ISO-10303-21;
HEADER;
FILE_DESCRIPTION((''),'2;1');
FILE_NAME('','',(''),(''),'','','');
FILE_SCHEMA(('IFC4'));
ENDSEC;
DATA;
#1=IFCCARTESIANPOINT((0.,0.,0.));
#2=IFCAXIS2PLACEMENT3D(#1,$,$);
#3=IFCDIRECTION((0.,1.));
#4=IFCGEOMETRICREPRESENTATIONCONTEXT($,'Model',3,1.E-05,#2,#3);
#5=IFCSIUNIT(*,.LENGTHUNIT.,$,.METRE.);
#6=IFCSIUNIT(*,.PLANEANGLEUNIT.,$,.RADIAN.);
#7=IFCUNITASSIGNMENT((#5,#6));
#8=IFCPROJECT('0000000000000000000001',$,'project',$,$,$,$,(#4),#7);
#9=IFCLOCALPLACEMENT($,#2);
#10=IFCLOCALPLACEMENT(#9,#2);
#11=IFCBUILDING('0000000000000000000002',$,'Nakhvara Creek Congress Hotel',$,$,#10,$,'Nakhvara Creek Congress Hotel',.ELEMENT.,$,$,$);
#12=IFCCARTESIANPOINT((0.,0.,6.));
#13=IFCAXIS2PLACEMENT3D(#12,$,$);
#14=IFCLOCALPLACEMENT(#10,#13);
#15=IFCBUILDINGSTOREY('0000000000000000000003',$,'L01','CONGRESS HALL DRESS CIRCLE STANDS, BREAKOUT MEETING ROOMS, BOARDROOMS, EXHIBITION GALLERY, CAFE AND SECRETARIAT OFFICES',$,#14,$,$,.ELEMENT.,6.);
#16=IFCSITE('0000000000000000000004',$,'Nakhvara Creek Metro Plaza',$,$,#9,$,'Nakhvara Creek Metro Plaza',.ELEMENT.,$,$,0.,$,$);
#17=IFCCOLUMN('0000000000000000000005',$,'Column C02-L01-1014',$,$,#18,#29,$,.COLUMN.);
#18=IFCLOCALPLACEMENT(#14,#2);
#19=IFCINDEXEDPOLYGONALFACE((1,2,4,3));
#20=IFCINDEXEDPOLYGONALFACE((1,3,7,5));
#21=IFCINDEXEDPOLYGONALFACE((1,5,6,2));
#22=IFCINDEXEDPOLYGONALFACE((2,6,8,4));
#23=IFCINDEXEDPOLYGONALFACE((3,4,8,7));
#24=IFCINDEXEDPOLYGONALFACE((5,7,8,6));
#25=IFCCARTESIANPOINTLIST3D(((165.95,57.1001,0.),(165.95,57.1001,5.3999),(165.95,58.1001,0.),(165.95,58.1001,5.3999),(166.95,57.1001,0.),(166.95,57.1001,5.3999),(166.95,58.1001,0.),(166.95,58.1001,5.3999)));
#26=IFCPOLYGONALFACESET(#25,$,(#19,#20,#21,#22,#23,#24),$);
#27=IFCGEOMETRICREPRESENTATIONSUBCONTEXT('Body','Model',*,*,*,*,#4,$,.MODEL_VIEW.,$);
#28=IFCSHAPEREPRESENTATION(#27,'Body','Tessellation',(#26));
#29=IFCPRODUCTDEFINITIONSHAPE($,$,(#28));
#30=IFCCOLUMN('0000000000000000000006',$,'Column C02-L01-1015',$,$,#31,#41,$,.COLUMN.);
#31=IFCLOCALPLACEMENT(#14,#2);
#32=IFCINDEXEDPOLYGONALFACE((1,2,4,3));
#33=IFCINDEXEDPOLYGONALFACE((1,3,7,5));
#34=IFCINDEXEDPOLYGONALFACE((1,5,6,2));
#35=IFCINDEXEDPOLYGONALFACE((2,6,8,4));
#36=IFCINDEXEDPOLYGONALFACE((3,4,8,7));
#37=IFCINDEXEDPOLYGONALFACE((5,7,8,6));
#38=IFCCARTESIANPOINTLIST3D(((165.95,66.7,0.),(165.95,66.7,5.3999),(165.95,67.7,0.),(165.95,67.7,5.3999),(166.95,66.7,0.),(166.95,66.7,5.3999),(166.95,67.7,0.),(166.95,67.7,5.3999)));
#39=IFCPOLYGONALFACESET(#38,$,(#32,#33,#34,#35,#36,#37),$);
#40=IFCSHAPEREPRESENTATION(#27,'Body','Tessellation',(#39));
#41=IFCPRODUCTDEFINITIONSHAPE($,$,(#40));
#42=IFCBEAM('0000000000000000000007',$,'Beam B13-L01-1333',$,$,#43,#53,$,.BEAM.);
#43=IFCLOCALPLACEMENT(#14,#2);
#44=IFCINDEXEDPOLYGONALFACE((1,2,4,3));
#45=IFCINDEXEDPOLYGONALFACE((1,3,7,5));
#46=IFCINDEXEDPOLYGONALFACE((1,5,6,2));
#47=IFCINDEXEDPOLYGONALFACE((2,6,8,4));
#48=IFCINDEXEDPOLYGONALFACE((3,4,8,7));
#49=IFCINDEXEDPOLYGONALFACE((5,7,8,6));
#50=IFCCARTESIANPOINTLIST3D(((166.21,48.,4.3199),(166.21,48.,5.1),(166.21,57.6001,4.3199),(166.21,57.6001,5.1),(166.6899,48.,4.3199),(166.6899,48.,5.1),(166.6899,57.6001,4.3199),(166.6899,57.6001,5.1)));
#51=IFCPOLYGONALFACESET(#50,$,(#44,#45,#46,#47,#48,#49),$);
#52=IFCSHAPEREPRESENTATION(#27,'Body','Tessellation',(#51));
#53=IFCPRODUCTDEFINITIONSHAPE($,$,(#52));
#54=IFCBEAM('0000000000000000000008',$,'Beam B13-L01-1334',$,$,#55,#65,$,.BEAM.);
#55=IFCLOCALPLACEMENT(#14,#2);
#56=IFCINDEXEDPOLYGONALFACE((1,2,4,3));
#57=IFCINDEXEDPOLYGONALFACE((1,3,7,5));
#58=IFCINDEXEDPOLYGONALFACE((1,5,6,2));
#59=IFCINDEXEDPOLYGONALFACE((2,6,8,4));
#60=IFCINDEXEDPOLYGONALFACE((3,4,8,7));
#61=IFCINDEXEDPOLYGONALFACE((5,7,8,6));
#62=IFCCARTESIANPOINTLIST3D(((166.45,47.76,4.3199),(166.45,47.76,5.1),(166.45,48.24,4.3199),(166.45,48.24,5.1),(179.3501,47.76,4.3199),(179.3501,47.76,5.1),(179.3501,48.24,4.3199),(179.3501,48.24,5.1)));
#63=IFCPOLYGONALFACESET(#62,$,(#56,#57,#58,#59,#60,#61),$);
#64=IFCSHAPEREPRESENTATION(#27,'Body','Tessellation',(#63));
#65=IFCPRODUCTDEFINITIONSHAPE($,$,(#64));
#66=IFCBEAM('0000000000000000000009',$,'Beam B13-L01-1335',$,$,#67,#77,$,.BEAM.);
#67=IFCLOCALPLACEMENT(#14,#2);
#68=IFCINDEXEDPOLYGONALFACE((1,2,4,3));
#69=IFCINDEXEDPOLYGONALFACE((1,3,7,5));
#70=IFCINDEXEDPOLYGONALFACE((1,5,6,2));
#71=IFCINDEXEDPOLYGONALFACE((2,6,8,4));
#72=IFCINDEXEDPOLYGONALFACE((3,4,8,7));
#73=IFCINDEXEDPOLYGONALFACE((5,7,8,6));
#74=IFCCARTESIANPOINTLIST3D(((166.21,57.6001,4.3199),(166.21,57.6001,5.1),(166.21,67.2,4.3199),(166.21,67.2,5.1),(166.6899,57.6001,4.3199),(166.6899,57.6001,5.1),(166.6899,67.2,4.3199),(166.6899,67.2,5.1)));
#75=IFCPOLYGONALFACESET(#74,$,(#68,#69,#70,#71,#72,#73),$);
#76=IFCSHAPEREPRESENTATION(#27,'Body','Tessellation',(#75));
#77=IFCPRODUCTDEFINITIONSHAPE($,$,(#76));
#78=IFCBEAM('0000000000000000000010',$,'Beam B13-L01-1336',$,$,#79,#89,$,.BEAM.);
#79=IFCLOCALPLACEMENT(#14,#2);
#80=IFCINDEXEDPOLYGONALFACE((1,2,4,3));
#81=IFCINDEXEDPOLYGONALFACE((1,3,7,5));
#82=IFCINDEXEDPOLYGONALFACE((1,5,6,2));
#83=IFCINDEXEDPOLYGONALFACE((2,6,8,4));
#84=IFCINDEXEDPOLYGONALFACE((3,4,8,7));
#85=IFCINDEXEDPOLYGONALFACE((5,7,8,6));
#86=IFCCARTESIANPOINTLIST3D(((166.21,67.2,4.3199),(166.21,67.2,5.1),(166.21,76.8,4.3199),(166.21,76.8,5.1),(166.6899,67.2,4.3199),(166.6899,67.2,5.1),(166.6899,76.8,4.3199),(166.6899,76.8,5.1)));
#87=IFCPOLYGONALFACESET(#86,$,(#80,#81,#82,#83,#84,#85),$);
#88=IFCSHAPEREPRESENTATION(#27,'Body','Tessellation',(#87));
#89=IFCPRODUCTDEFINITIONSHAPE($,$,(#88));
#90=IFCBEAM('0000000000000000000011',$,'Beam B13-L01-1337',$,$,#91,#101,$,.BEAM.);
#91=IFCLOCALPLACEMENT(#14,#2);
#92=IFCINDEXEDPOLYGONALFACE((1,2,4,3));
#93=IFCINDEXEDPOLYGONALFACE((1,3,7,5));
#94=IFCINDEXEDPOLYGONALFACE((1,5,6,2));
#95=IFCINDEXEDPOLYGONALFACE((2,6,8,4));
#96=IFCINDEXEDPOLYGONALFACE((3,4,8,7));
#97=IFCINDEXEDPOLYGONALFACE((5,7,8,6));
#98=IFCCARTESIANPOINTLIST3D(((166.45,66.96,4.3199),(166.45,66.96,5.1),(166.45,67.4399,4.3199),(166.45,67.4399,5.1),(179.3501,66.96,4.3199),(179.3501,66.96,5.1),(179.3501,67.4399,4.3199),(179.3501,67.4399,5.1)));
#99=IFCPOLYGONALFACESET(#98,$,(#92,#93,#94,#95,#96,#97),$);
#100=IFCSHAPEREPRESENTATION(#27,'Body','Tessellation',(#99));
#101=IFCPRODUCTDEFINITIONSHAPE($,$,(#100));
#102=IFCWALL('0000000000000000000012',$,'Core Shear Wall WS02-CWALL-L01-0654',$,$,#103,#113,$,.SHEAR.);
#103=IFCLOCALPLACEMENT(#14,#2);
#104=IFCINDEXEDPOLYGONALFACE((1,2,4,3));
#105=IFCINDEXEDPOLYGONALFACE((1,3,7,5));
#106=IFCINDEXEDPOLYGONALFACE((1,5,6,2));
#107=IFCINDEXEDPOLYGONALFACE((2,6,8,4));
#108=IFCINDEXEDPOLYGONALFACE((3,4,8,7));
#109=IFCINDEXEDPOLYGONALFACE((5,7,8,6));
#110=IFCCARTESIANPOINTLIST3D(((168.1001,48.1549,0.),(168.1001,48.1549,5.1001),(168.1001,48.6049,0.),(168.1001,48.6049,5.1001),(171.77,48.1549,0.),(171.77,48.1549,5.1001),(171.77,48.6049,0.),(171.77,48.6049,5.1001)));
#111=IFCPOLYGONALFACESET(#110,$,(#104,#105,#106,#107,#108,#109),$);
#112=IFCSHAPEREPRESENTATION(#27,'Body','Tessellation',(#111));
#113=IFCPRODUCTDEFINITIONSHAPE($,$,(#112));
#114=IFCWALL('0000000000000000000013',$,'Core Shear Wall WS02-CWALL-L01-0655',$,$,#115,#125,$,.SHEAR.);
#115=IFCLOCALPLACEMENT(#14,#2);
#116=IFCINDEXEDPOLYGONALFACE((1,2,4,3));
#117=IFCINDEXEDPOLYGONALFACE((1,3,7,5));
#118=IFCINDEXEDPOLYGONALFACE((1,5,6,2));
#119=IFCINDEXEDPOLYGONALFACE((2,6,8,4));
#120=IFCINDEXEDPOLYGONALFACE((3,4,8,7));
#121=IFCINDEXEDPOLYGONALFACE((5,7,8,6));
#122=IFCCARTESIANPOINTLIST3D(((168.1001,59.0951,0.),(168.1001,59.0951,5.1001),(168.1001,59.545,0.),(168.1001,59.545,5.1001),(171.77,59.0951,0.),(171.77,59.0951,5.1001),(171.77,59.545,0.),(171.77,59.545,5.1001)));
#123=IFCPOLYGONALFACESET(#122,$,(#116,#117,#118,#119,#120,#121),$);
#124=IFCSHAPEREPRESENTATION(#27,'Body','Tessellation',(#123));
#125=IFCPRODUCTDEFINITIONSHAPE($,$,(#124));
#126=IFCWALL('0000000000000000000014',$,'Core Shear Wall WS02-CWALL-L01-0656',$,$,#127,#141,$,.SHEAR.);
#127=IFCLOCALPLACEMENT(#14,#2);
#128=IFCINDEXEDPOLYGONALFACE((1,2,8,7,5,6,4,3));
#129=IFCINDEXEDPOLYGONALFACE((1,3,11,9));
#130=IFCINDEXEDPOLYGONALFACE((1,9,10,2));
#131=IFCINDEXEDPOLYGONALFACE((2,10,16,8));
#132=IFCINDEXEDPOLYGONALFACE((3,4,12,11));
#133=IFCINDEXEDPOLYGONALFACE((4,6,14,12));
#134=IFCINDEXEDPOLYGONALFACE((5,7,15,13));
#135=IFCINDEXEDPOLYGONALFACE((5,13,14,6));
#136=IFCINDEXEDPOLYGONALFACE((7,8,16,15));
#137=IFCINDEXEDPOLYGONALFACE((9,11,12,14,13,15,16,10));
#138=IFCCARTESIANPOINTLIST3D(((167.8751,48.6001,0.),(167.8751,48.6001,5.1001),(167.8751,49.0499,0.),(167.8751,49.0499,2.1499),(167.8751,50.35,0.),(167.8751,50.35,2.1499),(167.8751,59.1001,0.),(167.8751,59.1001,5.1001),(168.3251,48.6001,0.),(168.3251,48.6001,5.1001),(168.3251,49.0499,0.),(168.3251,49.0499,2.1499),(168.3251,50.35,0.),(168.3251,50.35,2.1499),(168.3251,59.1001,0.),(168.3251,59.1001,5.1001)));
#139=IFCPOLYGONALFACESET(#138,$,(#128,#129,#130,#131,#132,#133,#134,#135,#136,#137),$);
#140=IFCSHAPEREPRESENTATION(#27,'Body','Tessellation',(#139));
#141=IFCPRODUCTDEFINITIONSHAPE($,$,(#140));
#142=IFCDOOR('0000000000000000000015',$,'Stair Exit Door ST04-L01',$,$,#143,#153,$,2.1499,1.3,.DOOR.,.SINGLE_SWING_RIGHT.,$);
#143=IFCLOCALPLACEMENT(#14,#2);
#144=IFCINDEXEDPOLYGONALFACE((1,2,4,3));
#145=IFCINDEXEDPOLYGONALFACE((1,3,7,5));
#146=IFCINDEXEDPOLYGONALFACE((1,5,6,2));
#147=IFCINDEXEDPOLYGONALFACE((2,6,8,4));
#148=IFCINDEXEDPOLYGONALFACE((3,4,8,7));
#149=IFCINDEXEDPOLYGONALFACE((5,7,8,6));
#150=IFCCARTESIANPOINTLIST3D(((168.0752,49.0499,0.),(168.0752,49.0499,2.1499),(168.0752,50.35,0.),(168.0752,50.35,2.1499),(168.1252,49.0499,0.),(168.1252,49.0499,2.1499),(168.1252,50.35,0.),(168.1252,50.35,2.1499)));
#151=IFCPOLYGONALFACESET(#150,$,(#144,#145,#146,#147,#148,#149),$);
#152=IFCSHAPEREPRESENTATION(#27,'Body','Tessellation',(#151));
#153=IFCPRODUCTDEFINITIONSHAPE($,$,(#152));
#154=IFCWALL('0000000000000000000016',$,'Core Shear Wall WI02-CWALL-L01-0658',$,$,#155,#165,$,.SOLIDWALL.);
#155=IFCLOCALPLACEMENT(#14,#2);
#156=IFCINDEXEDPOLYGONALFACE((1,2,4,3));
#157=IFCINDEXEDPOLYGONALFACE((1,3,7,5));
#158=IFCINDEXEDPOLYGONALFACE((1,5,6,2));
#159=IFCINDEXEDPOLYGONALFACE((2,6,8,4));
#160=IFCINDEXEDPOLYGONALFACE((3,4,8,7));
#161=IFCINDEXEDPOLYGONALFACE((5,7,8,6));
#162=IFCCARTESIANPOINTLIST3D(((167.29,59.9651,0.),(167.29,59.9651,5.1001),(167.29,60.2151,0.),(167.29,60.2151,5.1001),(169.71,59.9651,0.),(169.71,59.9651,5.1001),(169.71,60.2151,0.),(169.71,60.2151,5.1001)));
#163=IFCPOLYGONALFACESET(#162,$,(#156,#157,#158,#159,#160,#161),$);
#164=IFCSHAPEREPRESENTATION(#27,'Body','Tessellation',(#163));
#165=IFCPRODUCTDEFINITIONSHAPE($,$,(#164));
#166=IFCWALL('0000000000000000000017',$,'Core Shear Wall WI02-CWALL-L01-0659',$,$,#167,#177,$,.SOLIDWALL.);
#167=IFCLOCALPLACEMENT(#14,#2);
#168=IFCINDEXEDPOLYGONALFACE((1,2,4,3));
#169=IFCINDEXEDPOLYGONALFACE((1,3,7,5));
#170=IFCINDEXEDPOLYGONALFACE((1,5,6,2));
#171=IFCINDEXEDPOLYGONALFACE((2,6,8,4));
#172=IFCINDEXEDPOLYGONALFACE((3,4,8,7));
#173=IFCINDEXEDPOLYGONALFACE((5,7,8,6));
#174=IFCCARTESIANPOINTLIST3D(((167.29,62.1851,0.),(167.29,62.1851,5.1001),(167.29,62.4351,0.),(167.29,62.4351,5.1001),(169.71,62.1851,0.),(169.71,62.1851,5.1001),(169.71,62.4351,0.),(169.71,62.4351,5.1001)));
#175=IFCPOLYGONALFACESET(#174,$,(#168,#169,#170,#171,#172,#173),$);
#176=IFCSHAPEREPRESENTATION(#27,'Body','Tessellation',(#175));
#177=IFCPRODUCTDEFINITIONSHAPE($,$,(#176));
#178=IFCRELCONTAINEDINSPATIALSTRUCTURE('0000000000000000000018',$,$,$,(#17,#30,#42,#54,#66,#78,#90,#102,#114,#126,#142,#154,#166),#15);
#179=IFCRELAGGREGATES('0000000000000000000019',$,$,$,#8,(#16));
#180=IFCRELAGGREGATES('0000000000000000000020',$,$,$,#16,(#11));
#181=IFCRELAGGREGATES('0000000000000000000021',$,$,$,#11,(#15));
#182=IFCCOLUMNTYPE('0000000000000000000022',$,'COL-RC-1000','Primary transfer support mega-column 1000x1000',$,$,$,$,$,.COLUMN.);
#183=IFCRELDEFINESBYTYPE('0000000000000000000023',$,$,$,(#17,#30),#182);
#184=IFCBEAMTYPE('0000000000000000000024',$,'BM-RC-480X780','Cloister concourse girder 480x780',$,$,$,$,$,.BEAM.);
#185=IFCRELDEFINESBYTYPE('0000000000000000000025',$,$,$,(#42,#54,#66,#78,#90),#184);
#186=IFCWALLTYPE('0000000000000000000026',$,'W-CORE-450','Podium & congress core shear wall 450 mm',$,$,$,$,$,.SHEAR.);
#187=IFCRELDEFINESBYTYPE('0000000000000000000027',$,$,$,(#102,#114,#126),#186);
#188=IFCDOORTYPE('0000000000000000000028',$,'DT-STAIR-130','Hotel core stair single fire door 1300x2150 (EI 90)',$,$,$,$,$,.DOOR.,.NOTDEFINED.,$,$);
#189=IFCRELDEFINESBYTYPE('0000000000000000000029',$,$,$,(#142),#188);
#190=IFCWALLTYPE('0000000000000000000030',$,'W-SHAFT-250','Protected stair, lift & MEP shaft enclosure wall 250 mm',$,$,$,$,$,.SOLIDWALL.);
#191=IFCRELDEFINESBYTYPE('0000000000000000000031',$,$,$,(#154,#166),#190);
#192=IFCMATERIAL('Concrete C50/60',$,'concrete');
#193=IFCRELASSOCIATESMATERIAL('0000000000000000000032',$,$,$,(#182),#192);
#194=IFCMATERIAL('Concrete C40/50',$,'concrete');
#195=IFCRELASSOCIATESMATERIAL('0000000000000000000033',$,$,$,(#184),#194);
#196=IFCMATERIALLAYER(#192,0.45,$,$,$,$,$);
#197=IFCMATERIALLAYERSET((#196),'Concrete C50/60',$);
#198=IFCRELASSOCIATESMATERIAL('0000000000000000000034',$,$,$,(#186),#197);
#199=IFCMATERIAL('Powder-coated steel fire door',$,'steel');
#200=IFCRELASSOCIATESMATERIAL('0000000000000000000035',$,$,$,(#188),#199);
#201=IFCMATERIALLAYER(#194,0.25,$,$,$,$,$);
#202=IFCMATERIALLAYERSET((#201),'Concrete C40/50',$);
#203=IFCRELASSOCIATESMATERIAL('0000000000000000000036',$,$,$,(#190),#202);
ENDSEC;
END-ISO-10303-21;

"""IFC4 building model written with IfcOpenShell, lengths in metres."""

from ifc_helpers import new_model, si_unit, direction, frame, frame_2d, origin, origin_2d, place, context, subcontext, project, spatial, rectangle, extrude, material, layer, layer_set, material_profile, profile_set, type_object, element, fill, save


model = new_model("IFC4")

# Units and contexts
model_context = context("Model", 3, precision=1e-05, world=origin(), true_north=direction((0.0, 1.0)))
body_context = subcontext(model_context, "Body", "Model", "MODEL_VIEW")
ifc_project = project(units=[si_unit("LENGTHUNIT", "METRE"), si_unit("PLANEANGLEUNIT", "RADIAN")], contexts=[model_context])

# Site, building, storey
site_placement = place(None, origin())
site = spatial("IfcSite", under=ifc_project, at=site_placement, Name="Nakhvara Creek Metro Plaza", LongName="Nakhvara Creek Metro Plaza", CompositionType="ELEMENT", RefElevation=0.0)
building_placement = place(site_placement, origin())
building = spatial("IfcBuilding", under=site, at=building_placement, Name="Nakhvara Creek Congress Hotel", LongName="Nakhvara Creek Congress Hotel", CompositionType="ELEMENT")
storey_placement = place(building_placement, frame((0.0, 0.0, 6.0)))
storey = spatial("IfcBuildingStorey", under=building, at=storey_placement, Name="L01", Description="CONGRESS HALL DRESS CIRCLE STANDS, BREAKOUT MEETING ROOMS, BOARDROOMS, EXHIBITION GALLERY, CAFE AND SECRETARIAT OFFICES", CompositionType="ELEMENT", Elevation=6.0)

# Columns
ifc_material_1 = material(Name="Concrete C50/60", Category="concrete")
ifc_material_profile_1 = material_profile(ifc_material_1, rectangle(XDim=1.0, YDim=1.0, at=origin_2d()), Name="RC-COL 1000x1000", Category="LoadBearing")
ifc_profile_set_1 = profile_set([ifc_material_profile_1], Name="Concrete C50/60")
column_type = type_object("IfcColumnType", Name="COL-RC-1000", Description="Primary transfer support mega-column 1000x1000", PredefinedType="COLUMN", material=ifc_profile_set_1)
for number, where, z_axis, x_axis, name in (
    (1, (166.45, 57.6001, 0.0), (0.0, 0.0, 1.0), (1.0, 0.0, 0.0), "Column C02-L01-1014"),
    (2, (166.45, 67.2, 0.0), (0.0, 0.0, 1.0), (1.0, 0.0, 0.0), "Column C02-L01-1015"),
):
    element("IfcColumn", number, at=place(storey_placement, frame(where, z_axis=z_axis, x_axis=x_axis)), inside=storey, type_object=column_type, Name=name, PredefinedType="COLUMN", context=body_context, shape_type="SweptSolid", body=[
        extrude(rectangle(XDim=1.0, YDim=1.0, at=origin_2d()), origin(), (0.0, 0.0, 1.0), 5.3999),
    ])

# Beams
ifc_material_2 = material(Name="Concrete C40/50", Category="concrete")
ifc_material_profile_2 = material_profile(ifc_material_2, rectangle(XDim=0.48, YDim=0.78, at=origin_2d()), Name="RC-BM 480x780", Category="LoadBearing")
ifc_profile_set_2 = profile_set([ifc_material_profile_2], Name="Concrete C40/50")
beam_type = type_object("IfcBeamType", Name="BM-RC-480X780", Description="Cloister concourse girder 480x780", PredefinedType="BEAM", material=ifc_profile_set_2)
beam_1_placement = place(storey_placement, frame((166.45, 48.0, 4.71), z_axis=(0.0, 1.0, 0.0), x_axis=(-1.0, 0.0, 0.0)))
element("IfcBeam", 3, at=beam_1_placement, inside=storey, type_object=beam_type, Name="Beam B13-L01-1333", PredefinedType="BEAM", context=body_context, shape_type="SweptSolid", body=[
    extrude(rectangle(XDim=0.48, YDim=0.78, at=origin_2d()), origin(), (0.0, 0.0, 1.0), 9.6001),
])
beam_2_placement = place(storey_placement, frame((166.45, 48.0, 4.71), z_axis=(1.0, 0.0, 0.0), x_axis=(0.0, 1.0, 0.0)))
element("IfcBeam", 4, at=beam_2_placement, inside=storey, type_object=beam_type, Name="Beam B13-L01-1334", PredefinedType="BEAM", context=body_context, shape_type="SweptSolid", body=[
    extrude(rectangle(XDim=0.48, YDim=0.78, at=origin_2d()), origin(), (0.0, 0.0, 1.0), 12.9001),
])
beam_3_placement = place(storey_placement, frame((166.45, 57.6001, 4.71), z_axis=(0.0, 1.0, 0.0), x_axis=(-1.0, 0.0, 0.0)))
element("IfcBeam", 5, at=beam_3_placement, inside=storey, type_object=beam_type, Name="Beam B13-L01-1335", PredefinedType="BEAM", context=body_context, shape_type="SweptSolid", body=[
    extrude(rectangle(XDim=0.48, YDim=0.78, at=origin_2d()), origin(), (0.0, 0.0, 1.0), 9.5999),
])
beam_4_placement = place(storey_placement, frame((166.45, 67.2, 4.71), z_axis=(0.0, 1.0, 0.0), x_axis=(-1.0, 0.0, 0.0)))
element("IfcBeam", 6, at=beam_4_placement, inside=storey, type_object=beam_type, Name="Beam B13-L01-1336", PredefinedType="BEAM", context=body_context, shape_type="SweptSolid", body=[
    extrude(rectangle(XDim=0.48, YDim=0.78, at=origin_2d()), origin(), (0.0, 0.0, 1.0), 9.6001),
])
beam_5_placement = place(storey_placement, frame((166.45, 67.2, 4.71), z_axis=(1.0, 0.0, 0.0), x_axis=(0.0, 1.0, 0.0)))
element("IfcBeam", 7, at=beam_5_placement, inside=storey, type_object=beam_type, Name="Beam B13-L01-1337", PredefinedType="BEAM", context=body_context, shape_type="SweptSolid", body=[
    extrude(rectangle(XDim=0.48, YDim=0.78, at=origin_2d()), origin(), (0.0, 0.0, 1.0), 12.9001),
])

# Walls
ifc_layer_1 = layer(ifc_material_1, 0.45)
ifc_layer_set_1 = layer_set([ifc_layer_1], Name="Concrete C50/60")
wall_type_1 = type_object("IfcWallType", Name="W-CORE-450", Description="Podium & congress core shear wall 450 mm", PredefinedType="SHEAR", material=ifc_layer_set_1)
for number, where, z_axis, x_axis, name in (
    (8, (168.1001, 48.3799, 0.0), (0.0, 0.0, 1.0), (1.0, 0.0, 0.0), "Core Shear Wall WS02-CWALL-L01-0654"),
    (9, (168.1001, 59.3201, 0.0), (0.0, 0.0, 1.0), (1.0, 0.0, 0.0), "Core Shear Wall WS02-CWALL-L01-0655"),
):
    element("IfcWall", number, at=place(storey_placement, frame(where, z_axis=z_axis, x_axis=x_axis)), inside=storey, type_object=wall_type_1, Name=name, PredefinedType="SHEAR", context=body_context, shape_type="SweptSolid", body=[
        extrude(rectangle(XDim=3.6699, YDim=0.45, at=frame_2d((1.835, 0.0))), origin(), (0.0, 0.0, 1.0), 5.1001),
    ])

# Wall, opening, door
wall_1_placement = place(storey_placement, frame((168.1001, 48.6001, 0.0), z_axis=(0.0, 0.0, 1.0), x_axis=(0.0, 1.0, 0.0)))
wall_1 = element("IfcWall", 10, at=wall_1_placement, inside=storey, type_object=wall_type_1, Name="Core Shear Wall WS02-CWALL-L01-0656", PredefinedType="SHEAR", context=body_context, shape_type="SweptSolid", body=[
    extrude(rectangle(XDim=10.5, YDim=0.45, at=frame_2d((5.25, 0.0))), origin(), (0.0, 0.0, 1.0), 5.1001),
])
opening_1_placement = place(wall_1_placement, frame((0.45, 0.0, 0.0)))
opening_1 = element("IfcOpeningElement", 11, at=opening_1_placement, cuts=wall_1, PredefinedType="OPENING", context=body_context, shape_type="SweptSolid", body=[
    extrude(rectangle(XDim=1.3, YDim=2.1499, at=frame_2d((0.6499, 1.075))), frame((0.0, 0.2368, 0.0), z_axis=(0.0, -1.0, 0.0), x_axis=(1.0, 0.0, 0.0)), (0.0, 0.0, 1.0), 0.4739),
])
ifc_material_3 = material(Name="Powder-coated steel fire door", Category="steel")
door_type_1 = type_object("IfcDoorType", Name="DT-STAIR-130", Description="Hotel core stair single fire door 1300x2150 (EI 90)", OperationType="NOTDEFINED", PredefinedType="DOOR", material=ifc_material_3)
door_1_placement = place(opening_1_placement, origin())
door_1 = element("IfcDoor", 12, at=door_1_placement, inside=storey, type_object=door_type_1, Name="Stair Exit Door ST04-L01", OperationType="SINGLE_SWING_RIGHT", OverallHeight=2.1499, OverallWidth=1.3, PredefinedType="DOOR", context=body_context, shape_type="SweptSolid", body=[
    extrude(rectangle(XDim=1.3, YDim=2.1499, at=frame_2d((0.6499, 1.075))), frame((0.0, 0.0249, 0.0), z_axis=(0.0, -1.0, 0.0), x_axis=(1.0, 0.0, 0.0)), (0.0, 0.0, 1.0), 0.05),
])
fill(opening_1, door_1)

# Walls
ifc_layer_2 = layer(ifc_material_2, 0.25)
ifc_layer_set_2 = layer_set([ifc_layer_2], Name="Concrete C40/50")
wall_type_2 = type_object("IfcWallType", Name="W-SHAFT-250", Description="Protected stair, lift & MEP shaft enclosure wall 250 mm", PredefinedType="SOLIDWALL", material=ifc_layer_set_2)
for number, where, z_axis, x_axis, name in (
    (13, (167.29, 60.0901, 0.0), (0.0, 0.0, 1.0), (1.0, 0.0, 0.0), "Core Shear Wall WI02-CWALL-L01-0658"),
    (14, (167.29, 62.3101, 0.0), (0.0, 0.0, 1.0), (1.0, 0.0, 0.0), "Core Shear Wall WI02-CWALL-L01-0659"),
):
    element("IfcWall", number, at=place(storey_placement, frame(where, z_axis=z_axis, x_axis=x_axis)), inside=storey, type_object=wall_type_2, Name=name, PredefinedType="SOLIDWALL", context=body_context, shape_type="SweptSolid", body=[
        extrude(rectangle(XDim=2.4199, YDim=0.25, at=frame_2d((1.21, 0.0))), origin(), (0.0, 0.0, 1.0), 5.1001),
    ])

save(model, "model.ifc")
